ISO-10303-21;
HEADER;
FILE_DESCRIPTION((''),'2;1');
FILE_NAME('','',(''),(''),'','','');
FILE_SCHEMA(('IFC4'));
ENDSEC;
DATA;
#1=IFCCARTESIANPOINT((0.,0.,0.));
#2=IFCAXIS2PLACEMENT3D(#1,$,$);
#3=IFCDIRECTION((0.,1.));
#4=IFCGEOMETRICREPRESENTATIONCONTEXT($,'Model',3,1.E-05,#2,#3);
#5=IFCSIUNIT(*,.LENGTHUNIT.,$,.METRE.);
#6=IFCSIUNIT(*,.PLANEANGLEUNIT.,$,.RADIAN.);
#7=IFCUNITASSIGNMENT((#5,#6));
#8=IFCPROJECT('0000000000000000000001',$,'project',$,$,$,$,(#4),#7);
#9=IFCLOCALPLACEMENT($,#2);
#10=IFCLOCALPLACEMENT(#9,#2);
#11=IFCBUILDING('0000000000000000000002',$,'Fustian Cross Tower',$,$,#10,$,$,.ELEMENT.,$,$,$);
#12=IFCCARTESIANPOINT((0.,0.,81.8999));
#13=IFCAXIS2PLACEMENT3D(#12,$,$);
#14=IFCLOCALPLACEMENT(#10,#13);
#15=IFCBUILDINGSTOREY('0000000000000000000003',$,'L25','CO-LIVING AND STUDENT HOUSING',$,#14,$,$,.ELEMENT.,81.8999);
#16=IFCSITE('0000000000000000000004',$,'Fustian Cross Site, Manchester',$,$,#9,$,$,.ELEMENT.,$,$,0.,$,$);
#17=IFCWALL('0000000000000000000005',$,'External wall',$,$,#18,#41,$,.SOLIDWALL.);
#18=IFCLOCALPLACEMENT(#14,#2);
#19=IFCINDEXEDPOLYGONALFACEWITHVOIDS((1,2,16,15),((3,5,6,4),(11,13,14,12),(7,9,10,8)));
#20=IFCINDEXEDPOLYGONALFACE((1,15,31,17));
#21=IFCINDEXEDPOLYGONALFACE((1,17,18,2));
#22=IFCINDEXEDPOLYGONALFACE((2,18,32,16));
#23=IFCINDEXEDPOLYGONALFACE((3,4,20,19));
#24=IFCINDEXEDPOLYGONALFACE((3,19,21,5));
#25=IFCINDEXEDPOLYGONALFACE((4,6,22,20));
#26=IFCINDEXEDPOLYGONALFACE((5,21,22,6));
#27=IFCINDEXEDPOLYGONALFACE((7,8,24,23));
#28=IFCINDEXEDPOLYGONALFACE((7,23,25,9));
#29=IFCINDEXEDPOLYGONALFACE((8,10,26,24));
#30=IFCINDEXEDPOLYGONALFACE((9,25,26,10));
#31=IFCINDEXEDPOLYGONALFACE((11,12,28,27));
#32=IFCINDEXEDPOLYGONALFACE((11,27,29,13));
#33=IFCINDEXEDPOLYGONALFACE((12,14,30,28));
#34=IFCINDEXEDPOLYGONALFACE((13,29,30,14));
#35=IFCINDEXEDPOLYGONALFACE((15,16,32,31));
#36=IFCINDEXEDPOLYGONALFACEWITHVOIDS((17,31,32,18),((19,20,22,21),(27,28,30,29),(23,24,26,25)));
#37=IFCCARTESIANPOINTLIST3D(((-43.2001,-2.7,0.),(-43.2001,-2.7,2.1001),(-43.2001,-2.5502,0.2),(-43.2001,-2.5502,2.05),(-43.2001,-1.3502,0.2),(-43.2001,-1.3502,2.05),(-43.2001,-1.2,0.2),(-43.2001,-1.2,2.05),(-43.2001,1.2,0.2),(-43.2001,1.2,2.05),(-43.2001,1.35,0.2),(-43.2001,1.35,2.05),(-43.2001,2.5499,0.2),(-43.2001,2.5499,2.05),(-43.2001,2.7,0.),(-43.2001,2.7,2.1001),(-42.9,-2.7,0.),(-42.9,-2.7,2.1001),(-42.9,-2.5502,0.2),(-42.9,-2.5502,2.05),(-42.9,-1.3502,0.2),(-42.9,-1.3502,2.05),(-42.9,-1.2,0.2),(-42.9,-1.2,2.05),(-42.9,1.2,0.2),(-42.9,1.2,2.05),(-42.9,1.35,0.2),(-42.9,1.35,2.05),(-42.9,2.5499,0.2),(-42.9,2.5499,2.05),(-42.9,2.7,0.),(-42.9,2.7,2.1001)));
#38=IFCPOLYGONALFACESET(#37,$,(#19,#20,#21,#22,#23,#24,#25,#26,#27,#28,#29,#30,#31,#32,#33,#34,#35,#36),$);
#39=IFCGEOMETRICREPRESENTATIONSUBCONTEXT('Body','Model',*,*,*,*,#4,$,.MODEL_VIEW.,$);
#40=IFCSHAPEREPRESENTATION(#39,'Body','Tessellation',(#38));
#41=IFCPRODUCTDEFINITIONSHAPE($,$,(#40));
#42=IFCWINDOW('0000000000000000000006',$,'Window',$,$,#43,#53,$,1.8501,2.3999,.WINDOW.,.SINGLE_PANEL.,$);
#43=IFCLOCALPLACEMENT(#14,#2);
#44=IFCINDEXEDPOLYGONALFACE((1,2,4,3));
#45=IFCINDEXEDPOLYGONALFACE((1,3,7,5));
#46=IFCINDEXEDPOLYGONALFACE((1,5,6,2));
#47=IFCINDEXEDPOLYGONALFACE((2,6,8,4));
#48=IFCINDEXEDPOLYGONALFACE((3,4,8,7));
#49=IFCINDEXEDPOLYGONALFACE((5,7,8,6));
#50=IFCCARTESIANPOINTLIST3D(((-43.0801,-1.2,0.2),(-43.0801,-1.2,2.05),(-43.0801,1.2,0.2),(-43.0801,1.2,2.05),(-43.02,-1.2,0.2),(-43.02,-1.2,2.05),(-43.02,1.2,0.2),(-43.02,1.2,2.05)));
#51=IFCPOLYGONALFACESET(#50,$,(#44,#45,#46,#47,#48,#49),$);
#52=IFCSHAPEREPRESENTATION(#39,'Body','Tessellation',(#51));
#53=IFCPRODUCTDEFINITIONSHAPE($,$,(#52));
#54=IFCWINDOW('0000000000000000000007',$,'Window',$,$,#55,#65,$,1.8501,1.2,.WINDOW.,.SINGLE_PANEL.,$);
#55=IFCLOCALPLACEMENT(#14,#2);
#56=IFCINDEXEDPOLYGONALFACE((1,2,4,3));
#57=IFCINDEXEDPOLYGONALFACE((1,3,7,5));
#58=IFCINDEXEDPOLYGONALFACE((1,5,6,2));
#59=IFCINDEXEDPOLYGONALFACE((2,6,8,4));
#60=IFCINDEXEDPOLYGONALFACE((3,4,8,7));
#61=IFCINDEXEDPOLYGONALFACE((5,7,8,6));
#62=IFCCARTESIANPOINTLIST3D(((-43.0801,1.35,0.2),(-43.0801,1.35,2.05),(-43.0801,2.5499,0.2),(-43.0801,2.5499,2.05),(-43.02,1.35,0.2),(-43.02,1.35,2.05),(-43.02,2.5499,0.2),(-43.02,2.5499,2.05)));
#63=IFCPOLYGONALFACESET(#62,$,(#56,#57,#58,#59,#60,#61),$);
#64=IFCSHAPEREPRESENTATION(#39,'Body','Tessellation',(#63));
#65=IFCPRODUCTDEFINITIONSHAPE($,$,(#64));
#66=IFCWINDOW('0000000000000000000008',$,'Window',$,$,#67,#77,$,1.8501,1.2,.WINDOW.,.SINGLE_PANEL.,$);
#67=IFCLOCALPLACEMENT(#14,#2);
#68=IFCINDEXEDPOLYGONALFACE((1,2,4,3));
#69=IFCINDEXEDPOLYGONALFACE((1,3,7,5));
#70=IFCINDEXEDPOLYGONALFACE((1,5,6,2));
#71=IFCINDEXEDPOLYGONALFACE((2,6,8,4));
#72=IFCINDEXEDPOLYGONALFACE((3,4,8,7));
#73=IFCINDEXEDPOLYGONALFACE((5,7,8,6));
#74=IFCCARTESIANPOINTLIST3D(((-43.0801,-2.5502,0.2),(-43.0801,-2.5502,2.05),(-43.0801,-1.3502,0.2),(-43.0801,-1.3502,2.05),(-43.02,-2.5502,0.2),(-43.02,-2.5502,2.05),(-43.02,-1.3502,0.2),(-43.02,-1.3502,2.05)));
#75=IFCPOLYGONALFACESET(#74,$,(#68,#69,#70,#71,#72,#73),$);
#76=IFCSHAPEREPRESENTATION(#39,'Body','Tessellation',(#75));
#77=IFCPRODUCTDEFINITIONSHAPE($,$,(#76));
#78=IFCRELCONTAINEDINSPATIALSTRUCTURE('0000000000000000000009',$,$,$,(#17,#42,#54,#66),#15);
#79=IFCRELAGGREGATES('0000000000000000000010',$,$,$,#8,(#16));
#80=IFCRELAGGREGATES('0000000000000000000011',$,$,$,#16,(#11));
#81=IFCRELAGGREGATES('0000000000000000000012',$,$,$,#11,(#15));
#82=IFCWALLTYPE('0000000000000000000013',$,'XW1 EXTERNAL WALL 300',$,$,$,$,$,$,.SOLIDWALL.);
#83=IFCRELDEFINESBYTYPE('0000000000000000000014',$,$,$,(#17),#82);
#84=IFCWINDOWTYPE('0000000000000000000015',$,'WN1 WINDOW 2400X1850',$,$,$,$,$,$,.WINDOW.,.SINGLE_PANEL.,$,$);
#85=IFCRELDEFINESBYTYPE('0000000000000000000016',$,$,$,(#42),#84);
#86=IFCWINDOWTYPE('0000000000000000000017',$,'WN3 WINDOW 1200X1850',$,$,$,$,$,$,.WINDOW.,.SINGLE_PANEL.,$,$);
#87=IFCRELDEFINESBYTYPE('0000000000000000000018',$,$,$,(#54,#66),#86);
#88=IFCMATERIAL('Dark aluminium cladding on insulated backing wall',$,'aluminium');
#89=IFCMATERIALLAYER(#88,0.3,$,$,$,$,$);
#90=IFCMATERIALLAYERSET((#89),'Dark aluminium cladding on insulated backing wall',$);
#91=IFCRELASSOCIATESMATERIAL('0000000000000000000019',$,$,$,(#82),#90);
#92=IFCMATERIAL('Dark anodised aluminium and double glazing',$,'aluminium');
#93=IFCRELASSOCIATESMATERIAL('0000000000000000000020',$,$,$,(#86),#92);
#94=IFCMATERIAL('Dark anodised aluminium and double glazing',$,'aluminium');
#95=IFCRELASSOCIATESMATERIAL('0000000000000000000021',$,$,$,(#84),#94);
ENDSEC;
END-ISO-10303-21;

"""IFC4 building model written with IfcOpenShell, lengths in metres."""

from ifc_helpers import new_model, si_unit, direction, frame, frame_2d, origin, place, context, subcontext, project, spatial, rectangle, extrude, material, layer, layer_set, type_object, element, fill, save


model = new_model("IFC4")

# Units and contexts
model_context = context("Model", 3, precision=1e-05, world=origin(), true_north=direction((0.0, 1.0)))
body_context = subcontext(model_context, "Body", "Model", "MODEL_VIEW")
ifc_project = project(units=[si_unit("LENGTHUNIT", "METRE"), si_unit("PLANEANGLEUNIT", "RADIAN")], contexts=[model_context])

# Site, building, storey
site_placement = place(None, origin())
site = spatial("IfcSite", under=ifc_project, at=site_placement, Name="Fustian Cross Site, Manchester", CompositionType="ELEMENT", RefElevation=0.0)
building_placement = place(site_placement, origin())
building = spatial("IfcBuilding", under=site, at=building_placement, Name="Fustian Cross Tower", CompositionType="ELEMENT")
storey_placement = place(building_placement, frame((0.0, 0.0, 81.8999)))
storey = spatial("IfcBuildingStorey", under=building, at=storey_placement, Name="L25", Description="CO-LIVING AND STUDENT HOUSING", CompositionType="ELEMENT", Elevation=81.8999)

# Shared definitions
ifc_material_1 = material(Name="Dark aluminium cladding on insulated backing wall", Category="aluminium")
ifc_layer = layer(ifc_material_1, 0.3)
ifc_layer_set = layer_set([ifc_layer], Name="Dark aluminium cladding on insulated backing wall")
wall_type = type_object("IfcWallType", Name="XW1 EXTERNAL WALL 300", PredefinedType="SOLIDWALL", material=ifc_layer_set)
ifc_material_2 = material(Name="Dark anodised aluminium and double glazing", Category="aluminium")
window_type_1 = type_object("IfcWindowType", Name="WN3 WINDOW 1200X1850", PartitioningType="SINGLE_PANEL", PredefinedType="WINDOW", material=ifc_material_2)

# Wall, openings, windows
wall_1_placement = place(storey_placement, frame((-43.05, 2.7, 0.0), z_axis=(0.0, 0.0, 1.0), x_axis=(0.0, -1.0, 0.0)))
wall_1 = element("IfcWall", 1, at=wall_1_placement, inside=storey, type_object=wall_type, Name="External wall", PredefinedType="SOLIDWALL", context=body_context, shape_type="SweptSolid", body=[
    extrude(rectangle(XDim=5.3999, YDim=0.3, at=frame_2d((2.7, 0.0))), origin(), (0.0, 0.0, 1.0), 2.1001),
])
opening_1_placement = place(wall_1_placement, frame((1.5, 0.0, 0.2)))
opening_1 = element("IfcOpeningElement", 2, at=opening_1_placement, cuts=wall_1, PredefinedType="OPENING", context=body_context, shape_type="SweptSolid", body=[
    extrude(rectangle(XDim=2.3999, YDim=1.8501, at=frame_2d((1.2, 0.925))), frame((0.0, 0.1599, 0.0), z_axis=(0.0, -1.0, 0.0), x_axis=(1.0, 0.0, 0.0)), (0.0, 0.0, 1.0), 0.3201),
])
opening_2_placement = place(wall_1_placement, frame((0.1499, 0.0, 0.2)))
opening_2 = element("IfcOpeningElement", 3, at=opening_2_placement, cuts=wall_1, PredefinedType="OPENING", context=body_context, shape_type="SweptSolid", body=[
    extrude(rectangle(XDim=1.2, YDim=1.8501, at=frame_2d((0.6001, 0.925))), frame((0.0, 0.1599, 0.0), z_axis=(0.0, -1.0, 0.0), x_axis=(1.0, 0.0, 0.0)), (0.0, 0.0, 1.0), 0.3201),
])
opening_3_placement = place(wall_1_placement, frame((4.05, 0.0, 0.2)))
opening_3 = element("IfcOpeningElement", 4, at=opening_3_placement, cuts=wall_1, PredefinedType="OPENING", context=body_context, shape_type="SweptSolid", body=[
    extrude(rectangle(XDim=1.2, YDim=1.8501, at=frame_2d((0.6001, 0.925))), frame((0.0, 0.1599, 0.0), z_axis=(0.0, -1.0, 0.0), x_axis=(1.0, 0.0, 0.0)), (0.0, 0.0, 1.0), 0.3201),
])
ifc_material_3 = material(Name="Dark anodised aluminium and double glazing", Category="aluminium")
window_type_2 = type_object("IfcWindowType", Name="WN1 WINDOW 2400X1850", PartitioningType="SINGLE_PANEL", PredefinedType="WINDOW", material=ifc_material_3)
window_1_placement = place(opening_1_placement, origin())
window_1 = element("IfcWindow", 5, at=window_1_placement, inside=storey, type_object=window_type_2, Name="Window", OverallHeight=1.8501, OverallWidth=2.3999, PartitioningType="SINGLE_PANEL", PredefinedType="WINDOW", context=body_context, shape_type="SweptSolid", body=[
    extrude(rectangle(XDim=2.3999, YDim=1.8501, at=frame_2d((1.2, 0.925))), frame((0.0, 0.03, 0.0), z_axis=(0.0, -1.0, 0.0), x_axis=(1.0, 0.0, 0.0)), (0.0, 0.0, 1.0), 0.0601),
])
fill(opening_1, window_1)
window_2_placement = place(opening_2_placement, origin())
window_2 = element("IfcWindow", 6, at=window_2_placement, inside=storey, type_object=window_type_1, Name="Window", OverallHeight=1.8501, OverallWidth=1.2, PartitioningType="SINGLE_PANEL", PredefinedType="WINDOW", context=body_context, shape_type="SweptSolid", body=[
    extrude(rectangle(XDim=1.2, YDim=1.8501, at=frame_2d((0.6001, 0.925))), frame((0.0, 0.03, 0.0), z_axis=(0.0, -1.0, 0.0), x_axis=(1.0, 0.0, 0.0)), (0.0, 0.0, 1.0), 0.0601),
])
fill(opening_2, window_2)
window_3_placement = place(opening_3_placement, origin())
window_3 = element("IfcWindow", 7, at=window_3_placement, inside=storey, type_object=window_type_1, Name="Window", OverallHeight=1.8501, OverallWidth=1.2, PartitioningType="SINGLE_PANEL", PredefinedType="WINDOW", context=body_context, shape_type="SweptSolid", body=[
    extrude(rectangle(XDim=1.2, YDim=1.8501, at=frame_2d((0.6001, 0.925))), frame((0.0, 0.03, 0.0), z_axis=(0.0, -1.0, 0.0), x_axis=(1.0, 0.0, 0.0)), (0.0, 0.0, 1.0), 0.0601),
])
fill(opening_3, window_3)

save(model, "model.ifc")
